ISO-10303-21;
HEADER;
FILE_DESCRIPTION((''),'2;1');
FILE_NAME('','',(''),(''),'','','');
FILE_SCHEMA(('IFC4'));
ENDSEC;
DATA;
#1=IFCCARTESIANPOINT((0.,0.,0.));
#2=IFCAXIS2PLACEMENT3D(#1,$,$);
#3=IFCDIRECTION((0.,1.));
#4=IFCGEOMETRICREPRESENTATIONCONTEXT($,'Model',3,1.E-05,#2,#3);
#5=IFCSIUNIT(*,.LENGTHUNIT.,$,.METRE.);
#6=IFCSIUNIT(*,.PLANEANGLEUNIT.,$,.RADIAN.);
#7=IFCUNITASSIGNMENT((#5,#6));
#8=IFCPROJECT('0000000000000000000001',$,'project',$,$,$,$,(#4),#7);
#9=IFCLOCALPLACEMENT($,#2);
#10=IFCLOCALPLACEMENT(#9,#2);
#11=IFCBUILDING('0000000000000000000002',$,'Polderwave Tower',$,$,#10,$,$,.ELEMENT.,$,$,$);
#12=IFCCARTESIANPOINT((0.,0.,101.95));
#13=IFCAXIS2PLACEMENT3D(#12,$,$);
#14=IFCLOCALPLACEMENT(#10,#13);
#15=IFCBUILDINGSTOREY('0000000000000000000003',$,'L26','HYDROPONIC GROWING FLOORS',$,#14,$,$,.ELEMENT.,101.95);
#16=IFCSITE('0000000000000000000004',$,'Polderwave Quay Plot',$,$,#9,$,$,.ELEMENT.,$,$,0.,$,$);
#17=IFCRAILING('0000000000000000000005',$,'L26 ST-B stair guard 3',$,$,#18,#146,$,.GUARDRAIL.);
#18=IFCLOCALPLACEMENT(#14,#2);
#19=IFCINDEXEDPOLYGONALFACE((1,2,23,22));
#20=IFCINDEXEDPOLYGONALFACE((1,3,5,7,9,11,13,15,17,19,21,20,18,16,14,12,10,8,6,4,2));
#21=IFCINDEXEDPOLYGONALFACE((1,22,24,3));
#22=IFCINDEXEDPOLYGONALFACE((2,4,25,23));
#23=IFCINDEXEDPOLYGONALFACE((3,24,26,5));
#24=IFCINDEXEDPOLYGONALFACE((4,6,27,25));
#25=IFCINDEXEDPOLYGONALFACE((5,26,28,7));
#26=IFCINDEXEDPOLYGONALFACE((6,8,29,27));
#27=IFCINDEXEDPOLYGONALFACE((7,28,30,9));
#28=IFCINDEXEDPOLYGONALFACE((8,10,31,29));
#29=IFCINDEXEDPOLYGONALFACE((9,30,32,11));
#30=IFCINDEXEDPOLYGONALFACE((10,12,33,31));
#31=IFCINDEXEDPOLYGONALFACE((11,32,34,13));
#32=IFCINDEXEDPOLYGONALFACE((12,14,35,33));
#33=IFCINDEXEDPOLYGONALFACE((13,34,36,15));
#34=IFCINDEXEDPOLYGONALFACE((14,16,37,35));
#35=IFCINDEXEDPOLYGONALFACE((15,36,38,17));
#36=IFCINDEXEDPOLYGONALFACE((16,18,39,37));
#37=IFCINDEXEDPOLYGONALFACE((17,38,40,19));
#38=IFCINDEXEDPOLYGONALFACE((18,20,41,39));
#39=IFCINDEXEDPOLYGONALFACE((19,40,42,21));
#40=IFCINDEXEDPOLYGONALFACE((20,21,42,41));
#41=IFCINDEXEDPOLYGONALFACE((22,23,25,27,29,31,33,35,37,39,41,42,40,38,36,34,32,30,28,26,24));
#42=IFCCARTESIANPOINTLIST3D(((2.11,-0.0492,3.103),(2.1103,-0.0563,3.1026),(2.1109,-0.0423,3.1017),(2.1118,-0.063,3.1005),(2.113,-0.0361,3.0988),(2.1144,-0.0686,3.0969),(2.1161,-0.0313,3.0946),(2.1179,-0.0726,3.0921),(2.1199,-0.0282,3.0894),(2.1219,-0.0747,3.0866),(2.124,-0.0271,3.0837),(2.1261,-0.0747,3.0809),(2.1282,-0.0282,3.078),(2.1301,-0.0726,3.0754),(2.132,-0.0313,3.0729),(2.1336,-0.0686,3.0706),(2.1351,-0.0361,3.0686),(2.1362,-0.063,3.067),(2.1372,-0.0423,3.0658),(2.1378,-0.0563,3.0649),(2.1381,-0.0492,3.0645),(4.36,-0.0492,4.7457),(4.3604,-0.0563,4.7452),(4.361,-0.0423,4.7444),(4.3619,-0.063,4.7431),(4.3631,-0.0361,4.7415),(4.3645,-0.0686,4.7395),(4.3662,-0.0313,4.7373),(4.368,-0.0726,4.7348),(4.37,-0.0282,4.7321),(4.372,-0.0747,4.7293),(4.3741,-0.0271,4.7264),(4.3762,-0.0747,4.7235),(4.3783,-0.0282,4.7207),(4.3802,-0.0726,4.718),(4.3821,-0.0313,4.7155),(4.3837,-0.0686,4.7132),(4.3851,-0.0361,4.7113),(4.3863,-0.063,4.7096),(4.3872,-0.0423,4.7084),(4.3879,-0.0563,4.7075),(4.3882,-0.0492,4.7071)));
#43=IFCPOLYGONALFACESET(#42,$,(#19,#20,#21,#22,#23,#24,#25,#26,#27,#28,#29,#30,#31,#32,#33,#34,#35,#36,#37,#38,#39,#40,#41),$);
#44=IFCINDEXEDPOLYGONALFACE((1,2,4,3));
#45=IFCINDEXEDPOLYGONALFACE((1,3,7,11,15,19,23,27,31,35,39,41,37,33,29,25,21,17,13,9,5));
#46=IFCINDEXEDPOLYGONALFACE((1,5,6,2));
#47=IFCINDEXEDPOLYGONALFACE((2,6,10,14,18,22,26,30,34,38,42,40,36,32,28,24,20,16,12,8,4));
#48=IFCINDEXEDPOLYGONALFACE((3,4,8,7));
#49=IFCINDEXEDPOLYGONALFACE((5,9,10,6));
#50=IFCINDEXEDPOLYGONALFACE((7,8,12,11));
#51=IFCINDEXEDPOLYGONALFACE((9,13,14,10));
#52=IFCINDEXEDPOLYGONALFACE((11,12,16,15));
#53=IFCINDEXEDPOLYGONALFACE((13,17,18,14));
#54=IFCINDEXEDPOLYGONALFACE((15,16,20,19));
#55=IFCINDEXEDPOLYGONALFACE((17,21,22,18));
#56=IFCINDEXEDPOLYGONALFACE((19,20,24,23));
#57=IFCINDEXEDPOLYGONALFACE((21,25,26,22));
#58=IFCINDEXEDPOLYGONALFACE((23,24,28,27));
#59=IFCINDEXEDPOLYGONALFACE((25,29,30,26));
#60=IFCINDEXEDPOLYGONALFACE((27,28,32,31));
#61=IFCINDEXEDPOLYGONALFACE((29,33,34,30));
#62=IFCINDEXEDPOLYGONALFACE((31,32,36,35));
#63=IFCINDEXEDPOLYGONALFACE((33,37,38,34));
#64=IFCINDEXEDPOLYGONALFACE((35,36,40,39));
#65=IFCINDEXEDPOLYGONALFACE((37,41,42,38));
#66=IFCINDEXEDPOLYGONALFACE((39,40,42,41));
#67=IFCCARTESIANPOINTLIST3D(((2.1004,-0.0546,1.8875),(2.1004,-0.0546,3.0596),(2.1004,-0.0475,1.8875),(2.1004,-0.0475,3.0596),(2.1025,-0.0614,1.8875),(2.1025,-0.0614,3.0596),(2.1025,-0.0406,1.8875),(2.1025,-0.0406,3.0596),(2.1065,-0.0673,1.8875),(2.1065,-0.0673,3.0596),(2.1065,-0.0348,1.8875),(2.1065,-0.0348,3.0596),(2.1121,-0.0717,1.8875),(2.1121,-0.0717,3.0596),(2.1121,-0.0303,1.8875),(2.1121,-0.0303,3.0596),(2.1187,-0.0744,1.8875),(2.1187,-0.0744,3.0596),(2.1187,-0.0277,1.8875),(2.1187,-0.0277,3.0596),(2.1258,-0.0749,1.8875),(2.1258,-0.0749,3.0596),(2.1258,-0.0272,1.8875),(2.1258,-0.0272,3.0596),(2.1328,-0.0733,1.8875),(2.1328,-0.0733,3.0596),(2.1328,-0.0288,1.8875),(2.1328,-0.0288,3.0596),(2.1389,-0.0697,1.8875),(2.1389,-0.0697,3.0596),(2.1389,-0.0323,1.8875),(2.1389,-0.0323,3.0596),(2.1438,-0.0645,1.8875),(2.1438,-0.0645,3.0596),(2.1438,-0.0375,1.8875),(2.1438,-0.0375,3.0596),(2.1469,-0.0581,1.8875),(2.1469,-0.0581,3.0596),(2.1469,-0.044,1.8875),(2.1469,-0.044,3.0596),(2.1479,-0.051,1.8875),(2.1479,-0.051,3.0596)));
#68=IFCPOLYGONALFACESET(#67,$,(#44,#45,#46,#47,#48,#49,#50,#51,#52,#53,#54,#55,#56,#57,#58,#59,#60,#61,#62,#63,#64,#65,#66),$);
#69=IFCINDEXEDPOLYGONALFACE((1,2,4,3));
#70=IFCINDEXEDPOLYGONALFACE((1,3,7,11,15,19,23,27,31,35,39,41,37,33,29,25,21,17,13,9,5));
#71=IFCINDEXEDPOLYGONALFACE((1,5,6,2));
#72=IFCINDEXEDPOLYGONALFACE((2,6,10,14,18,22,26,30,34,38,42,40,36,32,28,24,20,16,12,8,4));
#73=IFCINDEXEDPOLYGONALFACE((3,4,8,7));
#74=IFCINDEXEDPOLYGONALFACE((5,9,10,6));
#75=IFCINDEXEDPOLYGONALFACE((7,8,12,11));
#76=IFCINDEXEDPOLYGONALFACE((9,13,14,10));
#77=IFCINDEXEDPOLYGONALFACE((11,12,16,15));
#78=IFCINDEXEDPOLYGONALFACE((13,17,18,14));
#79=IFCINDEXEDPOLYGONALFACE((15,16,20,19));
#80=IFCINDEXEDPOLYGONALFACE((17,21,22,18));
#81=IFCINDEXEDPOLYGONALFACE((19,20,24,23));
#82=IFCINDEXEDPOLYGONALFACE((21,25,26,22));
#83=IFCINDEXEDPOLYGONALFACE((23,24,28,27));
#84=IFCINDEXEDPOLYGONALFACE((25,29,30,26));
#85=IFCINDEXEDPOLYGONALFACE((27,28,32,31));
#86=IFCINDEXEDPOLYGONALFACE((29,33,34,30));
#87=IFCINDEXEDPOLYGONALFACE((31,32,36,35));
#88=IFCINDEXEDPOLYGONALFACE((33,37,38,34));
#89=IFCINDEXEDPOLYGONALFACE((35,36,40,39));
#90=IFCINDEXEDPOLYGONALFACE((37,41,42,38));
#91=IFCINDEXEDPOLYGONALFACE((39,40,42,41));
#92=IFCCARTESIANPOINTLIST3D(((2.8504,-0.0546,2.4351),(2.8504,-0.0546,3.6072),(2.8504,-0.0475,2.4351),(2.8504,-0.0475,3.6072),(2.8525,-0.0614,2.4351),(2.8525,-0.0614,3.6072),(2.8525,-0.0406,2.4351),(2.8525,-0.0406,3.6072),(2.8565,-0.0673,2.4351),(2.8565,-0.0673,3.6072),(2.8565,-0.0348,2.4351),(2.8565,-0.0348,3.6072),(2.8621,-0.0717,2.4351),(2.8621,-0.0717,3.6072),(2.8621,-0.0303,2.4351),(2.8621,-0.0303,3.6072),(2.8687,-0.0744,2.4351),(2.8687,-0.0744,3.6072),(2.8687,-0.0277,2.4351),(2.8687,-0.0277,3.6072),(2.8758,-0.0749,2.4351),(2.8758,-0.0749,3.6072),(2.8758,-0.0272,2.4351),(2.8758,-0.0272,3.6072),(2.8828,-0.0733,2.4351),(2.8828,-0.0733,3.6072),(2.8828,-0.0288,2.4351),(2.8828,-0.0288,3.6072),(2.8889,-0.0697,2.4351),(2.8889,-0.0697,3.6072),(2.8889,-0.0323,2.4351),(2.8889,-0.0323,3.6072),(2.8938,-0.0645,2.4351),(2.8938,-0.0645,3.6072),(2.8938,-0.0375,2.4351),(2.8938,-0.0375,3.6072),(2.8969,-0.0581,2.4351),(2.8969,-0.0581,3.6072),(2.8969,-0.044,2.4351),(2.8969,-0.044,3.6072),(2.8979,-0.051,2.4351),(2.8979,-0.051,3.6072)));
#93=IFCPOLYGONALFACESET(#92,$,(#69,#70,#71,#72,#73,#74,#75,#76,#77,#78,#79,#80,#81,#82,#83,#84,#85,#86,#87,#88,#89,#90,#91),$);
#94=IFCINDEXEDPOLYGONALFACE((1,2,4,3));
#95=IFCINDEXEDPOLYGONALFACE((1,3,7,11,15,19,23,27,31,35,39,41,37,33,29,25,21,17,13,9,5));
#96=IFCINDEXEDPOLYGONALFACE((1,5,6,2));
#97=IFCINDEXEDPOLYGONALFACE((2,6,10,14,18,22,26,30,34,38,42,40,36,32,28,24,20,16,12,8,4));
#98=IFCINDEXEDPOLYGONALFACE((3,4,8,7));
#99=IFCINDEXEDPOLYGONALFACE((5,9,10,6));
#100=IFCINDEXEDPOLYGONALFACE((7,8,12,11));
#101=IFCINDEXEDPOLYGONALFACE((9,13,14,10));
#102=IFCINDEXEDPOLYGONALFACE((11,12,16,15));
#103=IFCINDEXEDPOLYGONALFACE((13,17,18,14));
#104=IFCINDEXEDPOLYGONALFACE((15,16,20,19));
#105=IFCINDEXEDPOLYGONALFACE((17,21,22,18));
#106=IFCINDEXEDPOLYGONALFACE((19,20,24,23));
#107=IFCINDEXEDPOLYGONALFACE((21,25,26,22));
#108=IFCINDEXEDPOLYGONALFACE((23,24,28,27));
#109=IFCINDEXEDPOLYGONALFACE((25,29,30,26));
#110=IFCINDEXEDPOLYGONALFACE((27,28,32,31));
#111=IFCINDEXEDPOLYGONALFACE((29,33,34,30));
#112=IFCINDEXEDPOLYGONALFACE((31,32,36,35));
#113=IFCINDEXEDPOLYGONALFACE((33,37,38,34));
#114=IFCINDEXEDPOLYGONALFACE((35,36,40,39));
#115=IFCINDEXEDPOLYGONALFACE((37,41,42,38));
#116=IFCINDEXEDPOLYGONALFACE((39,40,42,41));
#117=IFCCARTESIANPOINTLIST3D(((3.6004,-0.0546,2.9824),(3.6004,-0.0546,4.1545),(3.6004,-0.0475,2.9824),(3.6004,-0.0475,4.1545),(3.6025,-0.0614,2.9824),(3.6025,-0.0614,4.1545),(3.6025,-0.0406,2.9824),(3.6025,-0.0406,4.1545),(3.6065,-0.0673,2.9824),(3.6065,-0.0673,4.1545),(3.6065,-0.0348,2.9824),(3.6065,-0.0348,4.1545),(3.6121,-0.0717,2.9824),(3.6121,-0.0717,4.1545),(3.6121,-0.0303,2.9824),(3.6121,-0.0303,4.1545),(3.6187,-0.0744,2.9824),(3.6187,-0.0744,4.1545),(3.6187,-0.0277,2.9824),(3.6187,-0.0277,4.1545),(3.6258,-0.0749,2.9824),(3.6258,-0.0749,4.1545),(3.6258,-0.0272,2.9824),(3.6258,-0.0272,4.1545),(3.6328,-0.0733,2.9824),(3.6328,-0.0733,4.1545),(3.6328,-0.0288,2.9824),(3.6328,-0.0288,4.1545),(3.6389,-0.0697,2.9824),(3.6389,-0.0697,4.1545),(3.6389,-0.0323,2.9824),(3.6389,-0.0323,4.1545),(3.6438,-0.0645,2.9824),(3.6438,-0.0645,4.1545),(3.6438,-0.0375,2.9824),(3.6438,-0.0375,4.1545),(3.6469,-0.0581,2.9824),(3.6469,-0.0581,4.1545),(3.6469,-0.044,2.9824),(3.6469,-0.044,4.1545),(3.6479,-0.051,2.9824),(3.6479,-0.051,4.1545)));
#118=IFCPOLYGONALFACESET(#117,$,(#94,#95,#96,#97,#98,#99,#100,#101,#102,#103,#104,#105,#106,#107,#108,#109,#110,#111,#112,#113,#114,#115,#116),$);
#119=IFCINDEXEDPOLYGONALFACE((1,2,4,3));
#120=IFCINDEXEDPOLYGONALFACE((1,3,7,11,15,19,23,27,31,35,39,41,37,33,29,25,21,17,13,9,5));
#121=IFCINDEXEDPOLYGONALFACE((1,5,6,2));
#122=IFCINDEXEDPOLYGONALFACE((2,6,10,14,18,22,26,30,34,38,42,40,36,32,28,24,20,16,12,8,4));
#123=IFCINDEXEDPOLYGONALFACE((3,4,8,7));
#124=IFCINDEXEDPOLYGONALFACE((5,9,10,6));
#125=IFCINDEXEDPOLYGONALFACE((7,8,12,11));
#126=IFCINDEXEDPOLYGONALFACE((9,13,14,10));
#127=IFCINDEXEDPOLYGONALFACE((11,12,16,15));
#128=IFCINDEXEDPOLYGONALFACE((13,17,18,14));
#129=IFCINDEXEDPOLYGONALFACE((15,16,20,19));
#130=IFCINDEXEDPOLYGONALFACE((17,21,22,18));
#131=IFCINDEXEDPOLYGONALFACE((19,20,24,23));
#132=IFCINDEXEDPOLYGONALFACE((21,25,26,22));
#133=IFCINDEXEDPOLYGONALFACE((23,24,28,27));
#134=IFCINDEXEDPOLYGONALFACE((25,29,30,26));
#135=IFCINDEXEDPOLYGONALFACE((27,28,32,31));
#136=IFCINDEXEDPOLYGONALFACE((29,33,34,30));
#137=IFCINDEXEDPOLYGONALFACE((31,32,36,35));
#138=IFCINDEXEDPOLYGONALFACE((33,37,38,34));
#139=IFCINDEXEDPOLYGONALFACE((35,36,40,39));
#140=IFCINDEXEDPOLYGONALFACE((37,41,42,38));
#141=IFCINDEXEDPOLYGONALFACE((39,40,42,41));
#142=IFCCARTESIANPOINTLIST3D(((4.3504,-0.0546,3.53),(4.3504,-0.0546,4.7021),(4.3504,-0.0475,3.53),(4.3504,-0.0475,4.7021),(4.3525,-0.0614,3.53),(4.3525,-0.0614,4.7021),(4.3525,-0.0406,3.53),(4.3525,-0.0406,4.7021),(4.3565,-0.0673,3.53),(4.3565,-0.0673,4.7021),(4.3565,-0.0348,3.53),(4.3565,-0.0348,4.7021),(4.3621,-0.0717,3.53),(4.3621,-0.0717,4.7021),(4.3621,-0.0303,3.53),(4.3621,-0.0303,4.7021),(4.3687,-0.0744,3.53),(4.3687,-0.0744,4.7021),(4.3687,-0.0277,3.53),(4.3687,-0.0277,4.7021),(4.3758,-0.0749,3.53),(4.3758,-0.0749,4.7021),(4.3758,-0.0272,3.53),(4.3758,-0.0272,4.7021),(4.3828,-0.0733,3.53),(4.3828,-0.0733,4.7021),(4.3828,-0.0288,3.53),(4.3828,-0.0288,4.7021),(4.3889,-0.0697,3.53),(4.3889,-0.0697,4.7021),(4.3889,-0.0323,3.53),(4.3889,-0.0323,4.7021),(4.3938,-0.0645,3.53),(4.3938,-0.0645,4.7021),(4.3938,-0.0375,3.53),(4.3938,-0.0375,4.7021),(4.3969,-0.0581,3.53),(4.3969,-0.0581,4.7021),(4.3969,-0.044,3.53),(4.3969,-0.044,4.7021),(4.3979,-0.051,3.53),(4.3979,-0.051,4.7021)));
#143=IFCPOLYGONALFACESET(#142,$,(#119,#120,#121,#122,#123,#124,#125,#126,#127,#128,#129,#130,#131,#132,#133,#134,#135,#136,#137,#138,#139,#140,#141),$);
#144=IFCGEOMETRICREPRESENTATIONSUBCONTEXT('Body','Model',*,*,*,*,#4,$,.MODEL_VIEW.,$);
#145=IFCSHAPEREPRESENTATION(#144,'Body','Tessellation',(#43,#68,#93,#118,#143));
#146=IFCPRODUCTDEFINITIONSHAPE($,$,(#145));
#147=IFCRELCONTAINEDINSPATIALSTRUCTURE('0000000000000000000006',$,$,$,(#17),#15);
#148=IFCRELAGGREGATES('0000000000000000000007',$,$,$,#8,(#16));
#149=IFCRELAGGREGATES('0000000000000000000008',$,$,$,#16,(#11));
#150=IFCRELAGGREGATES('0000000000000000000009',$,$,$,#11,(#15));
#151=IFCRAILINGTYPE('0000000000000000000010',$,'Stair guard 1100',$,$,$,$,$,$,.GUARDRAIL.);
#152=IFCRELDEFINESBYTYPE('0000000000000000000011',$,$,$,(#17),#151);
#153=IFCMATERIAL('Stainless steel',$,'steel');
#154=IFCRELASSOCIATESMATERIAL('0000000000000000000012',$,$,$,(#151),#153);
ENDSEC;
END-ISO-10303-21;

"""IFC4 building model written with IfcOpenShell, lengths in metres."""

from ifc_helpers import new_model, si_unit, direction, frame, origin, origin_2d, place, context, subcontext, project, spatial, circle, extrude, material, type_object, element, save


model = new_model("IFC4")

# Units and contexts
model_context = context("Model", 3, precision=1e-05, world=origin(), true_north=direction((0.0, 1.0)))
body_context = subcontext(model_context, "Body", "Model", "MODEL_VIEW")
ifc_project = project(units=[si_unit("LENGTHUNIT", "METRE"), si_unit("PLANEANGLEUNIT", "RADIAN")], contexts=[model_context])

# Site, building, storey
site_placement = place(None, origin())
site = spatial("IfcSite", under=ifc_project, at=site_placement, Name="Polderwave Quay Plot", CompositionType="ELEMENT", RefElevation=0.0)
building_placement = place(site_placement, origin())
building = spatial("IfcBuilding", under=site, at=building_placement, Name="Polderwave Tower", CompositionType="ELEMENT")
storey_placement = place(building_placement, frame((0.0, 0.0, 101.95)))
storey = spatial("IfcBuildingStorey", under=building, at=storey_placement, Name="L26", Description="HYDROPONIC GROWING FLOORS", CompositionType="ELEMENT", Elevation=101.95)

# Railing
ifc_material_1 = material(Name="Stainless steel", Category="steel")
railing_type_1 = type_object("IfcRailingType", Name="Stair guard 1100", PredefinedType="GUARDRAIL", material=ifc_material_1)
railing_1_placement = place(storey_placement, frame((2.124, -0.051, 1.8875)))
element("IfcRailing", 1, at=railing_1_placement, inside=storey, type_object=railing_type_1, Name="L26 ST-B stair guard 3", PredefinedType="GUARDRAIL", context=body_context, shape_type="SweptSolid", body=[
    extrude(circle(Radius=0.0239, at=origin_2d()), frame((0.0, 0.0, 1.1963), z_axis=(0.807674, 0.0, 0.58963), x_axis=(0.0, 1.0, 0.0)), (0.0, 0.0, 1.0), 2.7859),
    extrude(circle(Radius=0.0239, at=origin_2d()), origin(), (0.0, 0.0, 1.0), 1.1721),
    extrude(circle(Radius=0.0239, at=origin_2d()), frame((0.75, 0.0, 0.5476)), (0.0, 0.0, 1.0), 1.1721),
    extrude(circle(Radius=0.0239, at=origin_2d()), frame((1.5, 0.0, 1.095)), (0.0, 0.0, 1.0), 1.1721),
    extrude(circle(Radius=0.0239, at=origin_2d()), frame((2.25, 0.0, 1.6426)), (0.0, 0.0, 1.0), 1.1721),
])

save(model, "model.ifc")
